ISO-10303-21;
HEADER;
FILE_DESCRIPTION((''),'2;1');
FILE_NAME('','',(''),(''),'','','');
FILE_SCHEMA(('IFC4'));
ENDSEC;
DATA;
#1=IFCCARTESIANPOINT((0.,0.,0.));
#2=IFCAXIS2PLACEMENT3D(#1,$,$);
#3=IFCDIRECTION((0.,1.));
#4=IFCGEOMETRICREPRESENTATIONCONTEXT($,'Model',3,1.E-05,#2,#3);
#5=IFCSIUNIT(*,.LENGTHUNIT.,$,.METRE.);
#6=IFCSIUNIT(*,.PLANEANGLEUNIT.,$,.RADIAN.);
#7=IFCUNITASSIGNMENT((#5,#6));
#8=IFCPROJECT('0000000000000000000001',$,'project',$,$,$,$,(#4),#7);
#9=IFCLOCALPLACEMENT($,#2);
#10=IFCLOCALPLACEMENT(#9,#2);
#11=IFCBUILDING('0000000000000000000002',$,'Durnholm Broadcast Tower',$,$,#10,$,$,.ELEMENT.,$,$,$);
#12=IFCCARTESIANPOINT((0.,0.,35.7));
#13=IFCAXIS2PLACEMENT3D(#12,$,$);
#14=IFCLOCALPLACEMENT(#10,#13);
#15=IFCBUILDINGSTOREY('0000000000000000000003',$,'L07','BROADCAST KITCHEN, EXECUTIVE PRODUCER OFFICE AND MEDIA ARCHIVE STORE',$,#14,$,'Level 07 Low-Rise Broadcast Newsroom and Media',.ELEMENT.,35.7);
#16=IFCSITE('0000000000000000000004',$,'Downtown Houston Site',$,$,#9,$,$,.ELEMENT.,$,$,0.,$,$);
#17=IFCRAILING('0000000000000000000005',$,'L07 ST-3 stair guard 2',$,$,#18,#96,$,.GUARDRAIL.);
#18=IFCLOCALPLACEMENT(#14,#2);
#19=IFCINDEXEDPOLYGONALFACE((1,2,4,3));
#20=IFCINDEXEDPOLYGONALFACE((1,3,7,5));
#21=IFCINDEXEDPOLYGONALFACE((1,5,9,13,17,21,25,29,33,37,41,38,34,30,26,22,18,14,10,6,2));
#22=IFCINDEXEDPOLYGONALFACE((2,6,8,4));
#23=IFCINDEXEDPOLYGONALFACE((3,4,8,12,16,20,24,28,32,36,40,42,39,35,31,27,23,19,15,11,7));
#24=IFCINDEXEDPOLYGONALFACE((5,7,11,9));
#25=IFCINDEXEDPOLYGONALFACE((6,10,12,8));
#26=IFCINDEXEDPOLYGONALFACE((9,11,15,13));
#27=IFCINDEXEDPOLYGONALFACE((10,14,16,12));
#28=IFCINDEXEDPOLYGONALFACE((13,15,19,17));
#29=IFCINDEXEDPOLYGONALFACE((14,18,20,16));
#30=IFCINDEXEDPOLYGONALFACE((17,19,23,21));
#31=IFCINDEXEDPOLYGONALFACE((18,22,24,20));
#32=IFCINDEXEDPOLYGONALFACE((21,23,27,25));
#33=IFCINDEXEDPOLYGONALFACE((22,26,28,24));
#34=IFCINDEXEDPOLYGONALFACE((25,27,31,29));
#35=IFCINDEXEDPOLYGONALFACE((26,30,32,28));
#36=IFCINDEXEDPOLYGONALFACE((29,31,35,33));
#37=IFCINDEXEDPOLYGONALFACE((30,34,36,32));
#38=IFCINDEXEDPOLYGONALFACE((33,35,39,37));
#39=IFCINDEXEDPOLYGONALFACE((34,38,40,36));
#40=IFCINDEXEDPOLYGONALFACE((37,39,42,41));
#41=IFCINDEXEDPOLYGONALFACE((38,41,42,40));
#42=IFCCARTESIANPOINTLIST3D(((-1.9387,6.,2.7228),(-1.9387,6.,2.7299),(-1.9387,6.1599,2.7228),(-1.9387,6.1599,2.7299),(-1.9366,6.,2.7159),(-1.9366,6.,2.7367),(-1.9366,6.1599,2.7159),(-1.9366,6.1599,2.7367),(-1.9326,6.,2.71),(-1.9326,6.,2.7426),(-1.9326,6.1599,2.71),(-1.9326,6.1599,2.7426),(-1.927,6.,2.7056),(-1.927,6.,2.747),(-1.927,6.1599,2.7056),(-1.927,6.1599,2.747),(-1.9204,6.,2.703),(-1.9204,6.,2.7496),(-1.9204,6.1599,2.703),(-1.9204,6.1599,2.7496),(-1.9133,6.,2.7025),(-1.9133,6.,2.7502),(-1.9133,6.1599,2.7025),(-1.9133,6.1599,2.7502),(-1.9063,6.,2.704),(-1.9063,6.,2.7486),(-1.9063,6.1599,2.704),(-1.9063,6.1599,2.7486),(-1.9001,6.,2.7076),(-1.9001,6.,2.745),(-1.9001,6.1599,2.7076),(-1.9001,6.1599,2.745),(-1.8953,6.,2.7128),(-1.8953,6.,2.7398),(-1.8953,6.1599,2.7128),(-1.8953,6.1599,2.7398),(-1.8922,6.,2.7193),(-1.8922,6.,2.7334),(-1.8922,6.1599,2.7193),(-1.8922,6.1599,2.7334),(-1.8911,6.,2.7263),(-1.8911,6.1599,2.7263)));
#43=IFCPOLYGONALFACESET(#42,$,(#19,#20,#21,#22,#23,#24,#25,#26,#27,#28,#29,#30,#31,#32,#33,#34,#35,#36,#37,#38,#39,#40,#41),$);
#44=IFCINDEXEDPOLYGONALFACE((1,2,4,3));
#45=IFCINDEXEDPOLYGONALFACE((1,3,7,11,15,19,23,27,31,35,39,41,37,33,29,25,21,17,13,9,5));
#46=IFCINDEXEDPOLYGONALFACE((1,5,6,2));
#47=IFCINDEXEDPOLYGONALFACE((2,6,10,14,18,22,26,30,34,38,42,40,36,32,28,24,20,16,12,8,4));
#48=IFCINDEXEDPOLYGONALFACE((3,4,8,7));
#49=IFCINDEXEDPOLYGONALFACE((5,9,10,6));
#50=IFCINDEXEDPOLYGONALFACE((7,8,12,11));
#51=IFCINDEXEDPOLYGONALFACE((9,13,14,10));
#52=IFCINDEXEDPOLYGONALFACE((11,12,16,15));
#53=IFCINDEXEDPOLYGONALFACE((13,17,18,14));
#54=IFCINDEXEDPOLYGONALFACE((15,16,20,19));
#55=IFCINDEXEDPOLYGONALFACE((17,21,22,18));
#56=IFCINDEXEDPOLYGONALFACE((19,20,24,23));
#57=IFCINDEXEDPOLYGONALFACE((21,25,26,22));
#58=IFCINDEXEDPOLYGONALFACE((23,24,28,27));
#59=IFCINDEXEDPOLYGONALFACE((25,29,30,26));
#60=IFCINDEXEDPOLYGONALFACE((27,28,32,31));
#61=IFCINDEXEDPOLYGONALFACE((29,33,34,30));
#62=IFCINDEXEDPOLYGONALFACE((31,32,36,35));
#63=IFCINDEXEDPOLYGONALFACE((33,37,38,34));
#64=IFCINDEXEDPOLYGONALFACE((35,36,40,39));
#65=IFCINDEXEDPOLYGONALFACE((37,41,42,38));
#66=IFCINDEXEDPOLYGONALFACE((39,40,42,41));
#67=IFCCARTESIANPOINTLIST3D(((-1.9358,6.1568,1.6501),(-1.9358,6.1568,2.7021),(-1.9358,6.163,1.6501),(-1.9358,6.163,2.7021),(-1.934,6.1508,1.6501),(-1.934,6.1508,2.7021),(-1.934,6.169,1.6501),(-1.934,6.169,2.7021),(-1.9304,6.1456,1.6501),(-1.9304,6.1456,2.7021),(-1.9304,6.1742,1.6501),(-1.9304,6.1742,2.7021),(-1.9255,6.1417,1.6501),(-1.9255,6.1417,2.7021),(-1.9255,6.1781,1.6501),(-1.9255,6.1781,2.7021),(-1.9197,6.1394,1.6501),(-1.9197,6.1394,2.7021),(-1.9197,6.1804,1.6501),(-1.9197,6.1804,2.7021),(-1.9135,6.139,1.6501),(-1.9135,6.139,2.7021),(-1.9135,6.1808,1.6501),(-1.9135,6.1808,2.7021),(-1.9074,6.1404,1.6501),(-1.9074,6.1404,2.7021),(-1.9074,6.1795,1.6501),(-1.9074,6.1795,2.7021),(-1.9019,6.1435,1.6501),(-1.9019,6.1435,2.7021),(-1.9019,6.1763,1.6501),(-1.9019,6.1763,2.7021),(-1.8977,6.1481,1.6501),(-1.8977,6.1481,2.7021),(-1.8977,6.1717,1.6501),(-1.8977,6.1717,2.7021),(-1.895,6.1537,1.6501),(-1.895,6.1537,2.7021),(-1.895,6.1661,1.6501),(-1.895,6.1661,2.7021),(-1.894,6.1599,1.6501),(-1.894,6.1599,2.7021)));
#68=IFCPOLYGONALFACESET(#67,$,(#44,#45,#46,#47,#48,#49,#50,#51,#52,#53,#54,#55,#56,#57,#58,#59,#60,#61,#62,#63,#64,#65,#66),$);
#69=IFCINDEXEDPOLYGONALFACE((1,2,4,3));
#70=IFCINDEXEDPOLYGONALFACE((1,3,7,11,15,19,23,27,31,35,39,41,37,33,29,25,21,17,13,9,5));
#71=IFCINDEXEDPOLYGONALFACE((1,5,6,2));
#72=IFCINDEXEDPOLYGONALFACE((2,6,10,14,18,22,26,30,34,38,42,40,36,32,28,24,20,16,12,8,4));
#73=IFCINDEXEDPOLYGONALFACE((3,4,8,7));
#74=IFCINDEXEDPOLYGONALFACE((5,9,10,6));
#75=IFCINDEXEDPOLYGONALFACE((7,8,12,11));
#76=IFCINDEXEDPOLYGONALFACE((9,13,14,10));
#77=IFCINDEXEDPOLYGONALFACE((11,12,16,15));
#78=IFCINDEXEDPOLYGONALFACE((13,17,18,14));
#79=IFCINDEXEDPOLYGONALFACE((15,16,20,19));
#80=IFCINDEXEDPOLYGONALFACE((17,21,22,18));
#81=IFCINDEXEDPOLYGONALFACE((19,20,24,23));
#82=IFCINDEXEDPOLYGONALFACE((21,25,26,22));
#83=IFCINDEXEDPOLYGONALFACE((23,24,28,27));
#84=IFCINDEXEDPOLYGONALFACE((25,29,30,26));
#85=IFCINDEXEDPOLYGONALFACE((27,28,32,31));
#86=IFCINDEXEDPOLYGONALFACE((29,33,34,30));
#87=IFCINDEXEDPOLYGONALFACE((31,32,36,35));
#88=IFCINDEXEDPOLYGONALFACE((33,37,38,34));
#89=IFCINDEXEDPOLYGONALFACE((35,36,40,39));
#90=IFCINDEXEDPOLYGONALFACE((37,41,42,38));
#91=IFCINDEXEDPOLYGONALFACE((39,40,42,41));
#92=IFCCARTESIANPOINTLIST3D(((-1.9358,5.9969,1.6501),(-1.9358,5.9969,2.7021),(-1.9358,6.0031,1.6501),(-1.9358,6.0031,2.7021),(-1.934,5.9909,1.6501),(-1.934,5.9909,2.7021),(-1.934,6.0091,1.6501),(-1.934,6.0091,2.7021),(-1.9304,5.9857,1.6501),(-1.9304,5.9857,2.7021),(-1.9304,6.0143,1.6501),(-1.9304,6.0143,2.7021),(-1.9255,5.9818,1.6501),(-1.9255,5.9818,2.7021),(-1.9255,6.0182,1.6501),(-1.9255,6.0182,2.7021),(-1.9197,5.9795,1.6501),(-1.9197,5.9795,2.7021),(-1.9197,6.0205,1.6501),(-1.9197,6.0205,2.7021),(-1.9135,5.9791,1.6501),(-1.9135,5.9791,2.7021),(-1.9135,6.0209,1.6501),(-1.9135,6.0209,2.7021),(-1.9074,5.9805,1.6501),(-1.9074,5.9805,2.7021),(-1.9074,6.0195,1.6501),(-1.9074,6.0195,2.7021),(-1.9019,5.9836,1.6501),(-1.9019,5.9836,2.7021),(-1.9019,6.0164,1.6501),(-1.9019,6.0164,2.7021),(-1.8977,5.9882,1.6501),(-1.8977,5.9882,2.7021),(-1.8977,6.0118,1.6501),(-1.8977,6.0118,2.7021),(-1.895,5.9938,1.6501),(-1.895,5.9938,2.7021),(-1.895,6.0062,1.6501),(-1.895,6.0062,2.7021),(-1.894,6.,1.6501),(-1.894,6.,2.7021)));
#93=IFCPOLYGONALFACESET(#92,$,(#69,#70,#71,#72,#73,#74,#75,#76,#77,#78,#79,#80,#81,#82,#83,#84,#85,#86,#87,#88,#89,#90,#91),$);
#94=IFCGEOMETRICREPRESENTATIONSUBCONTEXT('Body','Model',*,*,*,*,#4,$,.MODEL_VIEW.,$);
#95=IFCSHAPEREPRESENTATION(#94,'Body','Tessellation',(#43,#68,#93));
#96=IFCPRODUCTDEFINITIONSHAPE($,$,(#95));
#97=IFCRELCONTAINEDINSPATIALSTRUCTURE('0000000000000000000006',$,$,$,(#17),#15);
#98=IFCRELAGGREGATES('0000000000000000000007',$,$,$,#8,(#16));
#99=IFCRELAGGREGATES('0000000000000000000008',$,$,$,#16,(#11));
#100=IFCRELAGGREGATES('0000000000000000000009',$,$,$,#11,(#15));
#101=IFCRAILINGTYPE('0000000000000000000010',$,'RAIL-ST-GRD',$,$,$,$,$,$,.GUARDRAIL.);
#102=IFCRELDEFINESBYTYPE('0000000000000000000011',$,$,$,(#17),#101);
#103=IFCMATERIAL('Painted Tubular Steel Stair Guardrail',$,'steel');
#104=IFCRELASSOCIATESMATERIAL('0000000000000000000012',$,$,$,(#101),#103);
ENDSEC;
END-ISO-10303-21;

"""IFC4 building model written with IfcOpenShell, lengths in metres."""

from ifc_helpers import new_model, si_unit, direction, frame, origin, origin_2d, place, context, subcontext, project, spatial, circle, extrude, material, type_object, element, save


model = new_model("IFC4")

# Units and contexts
model_context = context("Model", 3, precision=1e-05, world=origin(), true_north=direction((0.0, 1.0)))
body_context = subcontext(model_context, "Body", "Model", "MODEL_VIEW")
ifc_project = project(units=[si_unit("LENGTHUNIT", "METRE"), si_unit("PLANEANGLEUNIT", "RADIAN")], contexts=[model_context])

# Site, building, storey
site_placement = place(None, origin())
site = spatial("IfcSite", under=ifc_project, at=site_placement, Name="Downtown Houston Site", CompositionType="ELEMENT", RefElevation=0.0)
building_placement = place(site_placement, origin())
building = spatial("IfcBuilding", under=site, at=building_placement, Name="Durnholm Broadcast Tower", CompositionType="ELEMENT")
storey_placement = place(building_placement, frame((0.0, 0.0, 35.7)))
storey = spatial("IfcBuildingStorey", under=building, at=storey_placement, Name="L07", Description="BROADCAST KITCHEN, EXECUTIVE PRODUCER OFFICE AND MEDIA ARCHIVE STORE", LongName="Level 07 Low-Rise Broadcast Newsroom and Media", CompositionType="ELEMENT", Elevation=35.7)

# Railing
ifc_material_1 = material(Name="Painted Tubular Steel Stair Guardrail", Category="steel")
railing_type = type_object("IfcRailingType", Name="RAIL-ST-GRD", PredefinedType="GUARDRAIL", material=ifc_material_1)
railing_1_placement = place(storey_placement, frame((-1.915, 6.1599, 1.6501)))
element("IfcRailing", 1, at=railing_1_placement, inside=storey, type_object=railing_type, Name="L07 ST-3 stair guard 2", PredefinedType="GUARDRAIL", context=body_context, shape_type="SweptSolid", body=[
    extrude(circle(Radius=0.0239, at=origin_2d()), frame((0.0, 0.0, 1.0762), z_axis=(0.0, -1.0, 0.0), x_axis=(1.0, 0.0, 0.0)), (0.0, 0.0, 1.0), 0.1599),
    extrude(circle(Radius=0.021, at=origin_2d()), origin(), (0.0, 0.0, 1.0), 1.052),
    extrude(circle(Radius=0.021, at=origin_2d()), frame((0.0, -0.1599, 0.0)), (0.0, 0.0, 1.0), 1.052),
])

save(model, "model.ifc")
